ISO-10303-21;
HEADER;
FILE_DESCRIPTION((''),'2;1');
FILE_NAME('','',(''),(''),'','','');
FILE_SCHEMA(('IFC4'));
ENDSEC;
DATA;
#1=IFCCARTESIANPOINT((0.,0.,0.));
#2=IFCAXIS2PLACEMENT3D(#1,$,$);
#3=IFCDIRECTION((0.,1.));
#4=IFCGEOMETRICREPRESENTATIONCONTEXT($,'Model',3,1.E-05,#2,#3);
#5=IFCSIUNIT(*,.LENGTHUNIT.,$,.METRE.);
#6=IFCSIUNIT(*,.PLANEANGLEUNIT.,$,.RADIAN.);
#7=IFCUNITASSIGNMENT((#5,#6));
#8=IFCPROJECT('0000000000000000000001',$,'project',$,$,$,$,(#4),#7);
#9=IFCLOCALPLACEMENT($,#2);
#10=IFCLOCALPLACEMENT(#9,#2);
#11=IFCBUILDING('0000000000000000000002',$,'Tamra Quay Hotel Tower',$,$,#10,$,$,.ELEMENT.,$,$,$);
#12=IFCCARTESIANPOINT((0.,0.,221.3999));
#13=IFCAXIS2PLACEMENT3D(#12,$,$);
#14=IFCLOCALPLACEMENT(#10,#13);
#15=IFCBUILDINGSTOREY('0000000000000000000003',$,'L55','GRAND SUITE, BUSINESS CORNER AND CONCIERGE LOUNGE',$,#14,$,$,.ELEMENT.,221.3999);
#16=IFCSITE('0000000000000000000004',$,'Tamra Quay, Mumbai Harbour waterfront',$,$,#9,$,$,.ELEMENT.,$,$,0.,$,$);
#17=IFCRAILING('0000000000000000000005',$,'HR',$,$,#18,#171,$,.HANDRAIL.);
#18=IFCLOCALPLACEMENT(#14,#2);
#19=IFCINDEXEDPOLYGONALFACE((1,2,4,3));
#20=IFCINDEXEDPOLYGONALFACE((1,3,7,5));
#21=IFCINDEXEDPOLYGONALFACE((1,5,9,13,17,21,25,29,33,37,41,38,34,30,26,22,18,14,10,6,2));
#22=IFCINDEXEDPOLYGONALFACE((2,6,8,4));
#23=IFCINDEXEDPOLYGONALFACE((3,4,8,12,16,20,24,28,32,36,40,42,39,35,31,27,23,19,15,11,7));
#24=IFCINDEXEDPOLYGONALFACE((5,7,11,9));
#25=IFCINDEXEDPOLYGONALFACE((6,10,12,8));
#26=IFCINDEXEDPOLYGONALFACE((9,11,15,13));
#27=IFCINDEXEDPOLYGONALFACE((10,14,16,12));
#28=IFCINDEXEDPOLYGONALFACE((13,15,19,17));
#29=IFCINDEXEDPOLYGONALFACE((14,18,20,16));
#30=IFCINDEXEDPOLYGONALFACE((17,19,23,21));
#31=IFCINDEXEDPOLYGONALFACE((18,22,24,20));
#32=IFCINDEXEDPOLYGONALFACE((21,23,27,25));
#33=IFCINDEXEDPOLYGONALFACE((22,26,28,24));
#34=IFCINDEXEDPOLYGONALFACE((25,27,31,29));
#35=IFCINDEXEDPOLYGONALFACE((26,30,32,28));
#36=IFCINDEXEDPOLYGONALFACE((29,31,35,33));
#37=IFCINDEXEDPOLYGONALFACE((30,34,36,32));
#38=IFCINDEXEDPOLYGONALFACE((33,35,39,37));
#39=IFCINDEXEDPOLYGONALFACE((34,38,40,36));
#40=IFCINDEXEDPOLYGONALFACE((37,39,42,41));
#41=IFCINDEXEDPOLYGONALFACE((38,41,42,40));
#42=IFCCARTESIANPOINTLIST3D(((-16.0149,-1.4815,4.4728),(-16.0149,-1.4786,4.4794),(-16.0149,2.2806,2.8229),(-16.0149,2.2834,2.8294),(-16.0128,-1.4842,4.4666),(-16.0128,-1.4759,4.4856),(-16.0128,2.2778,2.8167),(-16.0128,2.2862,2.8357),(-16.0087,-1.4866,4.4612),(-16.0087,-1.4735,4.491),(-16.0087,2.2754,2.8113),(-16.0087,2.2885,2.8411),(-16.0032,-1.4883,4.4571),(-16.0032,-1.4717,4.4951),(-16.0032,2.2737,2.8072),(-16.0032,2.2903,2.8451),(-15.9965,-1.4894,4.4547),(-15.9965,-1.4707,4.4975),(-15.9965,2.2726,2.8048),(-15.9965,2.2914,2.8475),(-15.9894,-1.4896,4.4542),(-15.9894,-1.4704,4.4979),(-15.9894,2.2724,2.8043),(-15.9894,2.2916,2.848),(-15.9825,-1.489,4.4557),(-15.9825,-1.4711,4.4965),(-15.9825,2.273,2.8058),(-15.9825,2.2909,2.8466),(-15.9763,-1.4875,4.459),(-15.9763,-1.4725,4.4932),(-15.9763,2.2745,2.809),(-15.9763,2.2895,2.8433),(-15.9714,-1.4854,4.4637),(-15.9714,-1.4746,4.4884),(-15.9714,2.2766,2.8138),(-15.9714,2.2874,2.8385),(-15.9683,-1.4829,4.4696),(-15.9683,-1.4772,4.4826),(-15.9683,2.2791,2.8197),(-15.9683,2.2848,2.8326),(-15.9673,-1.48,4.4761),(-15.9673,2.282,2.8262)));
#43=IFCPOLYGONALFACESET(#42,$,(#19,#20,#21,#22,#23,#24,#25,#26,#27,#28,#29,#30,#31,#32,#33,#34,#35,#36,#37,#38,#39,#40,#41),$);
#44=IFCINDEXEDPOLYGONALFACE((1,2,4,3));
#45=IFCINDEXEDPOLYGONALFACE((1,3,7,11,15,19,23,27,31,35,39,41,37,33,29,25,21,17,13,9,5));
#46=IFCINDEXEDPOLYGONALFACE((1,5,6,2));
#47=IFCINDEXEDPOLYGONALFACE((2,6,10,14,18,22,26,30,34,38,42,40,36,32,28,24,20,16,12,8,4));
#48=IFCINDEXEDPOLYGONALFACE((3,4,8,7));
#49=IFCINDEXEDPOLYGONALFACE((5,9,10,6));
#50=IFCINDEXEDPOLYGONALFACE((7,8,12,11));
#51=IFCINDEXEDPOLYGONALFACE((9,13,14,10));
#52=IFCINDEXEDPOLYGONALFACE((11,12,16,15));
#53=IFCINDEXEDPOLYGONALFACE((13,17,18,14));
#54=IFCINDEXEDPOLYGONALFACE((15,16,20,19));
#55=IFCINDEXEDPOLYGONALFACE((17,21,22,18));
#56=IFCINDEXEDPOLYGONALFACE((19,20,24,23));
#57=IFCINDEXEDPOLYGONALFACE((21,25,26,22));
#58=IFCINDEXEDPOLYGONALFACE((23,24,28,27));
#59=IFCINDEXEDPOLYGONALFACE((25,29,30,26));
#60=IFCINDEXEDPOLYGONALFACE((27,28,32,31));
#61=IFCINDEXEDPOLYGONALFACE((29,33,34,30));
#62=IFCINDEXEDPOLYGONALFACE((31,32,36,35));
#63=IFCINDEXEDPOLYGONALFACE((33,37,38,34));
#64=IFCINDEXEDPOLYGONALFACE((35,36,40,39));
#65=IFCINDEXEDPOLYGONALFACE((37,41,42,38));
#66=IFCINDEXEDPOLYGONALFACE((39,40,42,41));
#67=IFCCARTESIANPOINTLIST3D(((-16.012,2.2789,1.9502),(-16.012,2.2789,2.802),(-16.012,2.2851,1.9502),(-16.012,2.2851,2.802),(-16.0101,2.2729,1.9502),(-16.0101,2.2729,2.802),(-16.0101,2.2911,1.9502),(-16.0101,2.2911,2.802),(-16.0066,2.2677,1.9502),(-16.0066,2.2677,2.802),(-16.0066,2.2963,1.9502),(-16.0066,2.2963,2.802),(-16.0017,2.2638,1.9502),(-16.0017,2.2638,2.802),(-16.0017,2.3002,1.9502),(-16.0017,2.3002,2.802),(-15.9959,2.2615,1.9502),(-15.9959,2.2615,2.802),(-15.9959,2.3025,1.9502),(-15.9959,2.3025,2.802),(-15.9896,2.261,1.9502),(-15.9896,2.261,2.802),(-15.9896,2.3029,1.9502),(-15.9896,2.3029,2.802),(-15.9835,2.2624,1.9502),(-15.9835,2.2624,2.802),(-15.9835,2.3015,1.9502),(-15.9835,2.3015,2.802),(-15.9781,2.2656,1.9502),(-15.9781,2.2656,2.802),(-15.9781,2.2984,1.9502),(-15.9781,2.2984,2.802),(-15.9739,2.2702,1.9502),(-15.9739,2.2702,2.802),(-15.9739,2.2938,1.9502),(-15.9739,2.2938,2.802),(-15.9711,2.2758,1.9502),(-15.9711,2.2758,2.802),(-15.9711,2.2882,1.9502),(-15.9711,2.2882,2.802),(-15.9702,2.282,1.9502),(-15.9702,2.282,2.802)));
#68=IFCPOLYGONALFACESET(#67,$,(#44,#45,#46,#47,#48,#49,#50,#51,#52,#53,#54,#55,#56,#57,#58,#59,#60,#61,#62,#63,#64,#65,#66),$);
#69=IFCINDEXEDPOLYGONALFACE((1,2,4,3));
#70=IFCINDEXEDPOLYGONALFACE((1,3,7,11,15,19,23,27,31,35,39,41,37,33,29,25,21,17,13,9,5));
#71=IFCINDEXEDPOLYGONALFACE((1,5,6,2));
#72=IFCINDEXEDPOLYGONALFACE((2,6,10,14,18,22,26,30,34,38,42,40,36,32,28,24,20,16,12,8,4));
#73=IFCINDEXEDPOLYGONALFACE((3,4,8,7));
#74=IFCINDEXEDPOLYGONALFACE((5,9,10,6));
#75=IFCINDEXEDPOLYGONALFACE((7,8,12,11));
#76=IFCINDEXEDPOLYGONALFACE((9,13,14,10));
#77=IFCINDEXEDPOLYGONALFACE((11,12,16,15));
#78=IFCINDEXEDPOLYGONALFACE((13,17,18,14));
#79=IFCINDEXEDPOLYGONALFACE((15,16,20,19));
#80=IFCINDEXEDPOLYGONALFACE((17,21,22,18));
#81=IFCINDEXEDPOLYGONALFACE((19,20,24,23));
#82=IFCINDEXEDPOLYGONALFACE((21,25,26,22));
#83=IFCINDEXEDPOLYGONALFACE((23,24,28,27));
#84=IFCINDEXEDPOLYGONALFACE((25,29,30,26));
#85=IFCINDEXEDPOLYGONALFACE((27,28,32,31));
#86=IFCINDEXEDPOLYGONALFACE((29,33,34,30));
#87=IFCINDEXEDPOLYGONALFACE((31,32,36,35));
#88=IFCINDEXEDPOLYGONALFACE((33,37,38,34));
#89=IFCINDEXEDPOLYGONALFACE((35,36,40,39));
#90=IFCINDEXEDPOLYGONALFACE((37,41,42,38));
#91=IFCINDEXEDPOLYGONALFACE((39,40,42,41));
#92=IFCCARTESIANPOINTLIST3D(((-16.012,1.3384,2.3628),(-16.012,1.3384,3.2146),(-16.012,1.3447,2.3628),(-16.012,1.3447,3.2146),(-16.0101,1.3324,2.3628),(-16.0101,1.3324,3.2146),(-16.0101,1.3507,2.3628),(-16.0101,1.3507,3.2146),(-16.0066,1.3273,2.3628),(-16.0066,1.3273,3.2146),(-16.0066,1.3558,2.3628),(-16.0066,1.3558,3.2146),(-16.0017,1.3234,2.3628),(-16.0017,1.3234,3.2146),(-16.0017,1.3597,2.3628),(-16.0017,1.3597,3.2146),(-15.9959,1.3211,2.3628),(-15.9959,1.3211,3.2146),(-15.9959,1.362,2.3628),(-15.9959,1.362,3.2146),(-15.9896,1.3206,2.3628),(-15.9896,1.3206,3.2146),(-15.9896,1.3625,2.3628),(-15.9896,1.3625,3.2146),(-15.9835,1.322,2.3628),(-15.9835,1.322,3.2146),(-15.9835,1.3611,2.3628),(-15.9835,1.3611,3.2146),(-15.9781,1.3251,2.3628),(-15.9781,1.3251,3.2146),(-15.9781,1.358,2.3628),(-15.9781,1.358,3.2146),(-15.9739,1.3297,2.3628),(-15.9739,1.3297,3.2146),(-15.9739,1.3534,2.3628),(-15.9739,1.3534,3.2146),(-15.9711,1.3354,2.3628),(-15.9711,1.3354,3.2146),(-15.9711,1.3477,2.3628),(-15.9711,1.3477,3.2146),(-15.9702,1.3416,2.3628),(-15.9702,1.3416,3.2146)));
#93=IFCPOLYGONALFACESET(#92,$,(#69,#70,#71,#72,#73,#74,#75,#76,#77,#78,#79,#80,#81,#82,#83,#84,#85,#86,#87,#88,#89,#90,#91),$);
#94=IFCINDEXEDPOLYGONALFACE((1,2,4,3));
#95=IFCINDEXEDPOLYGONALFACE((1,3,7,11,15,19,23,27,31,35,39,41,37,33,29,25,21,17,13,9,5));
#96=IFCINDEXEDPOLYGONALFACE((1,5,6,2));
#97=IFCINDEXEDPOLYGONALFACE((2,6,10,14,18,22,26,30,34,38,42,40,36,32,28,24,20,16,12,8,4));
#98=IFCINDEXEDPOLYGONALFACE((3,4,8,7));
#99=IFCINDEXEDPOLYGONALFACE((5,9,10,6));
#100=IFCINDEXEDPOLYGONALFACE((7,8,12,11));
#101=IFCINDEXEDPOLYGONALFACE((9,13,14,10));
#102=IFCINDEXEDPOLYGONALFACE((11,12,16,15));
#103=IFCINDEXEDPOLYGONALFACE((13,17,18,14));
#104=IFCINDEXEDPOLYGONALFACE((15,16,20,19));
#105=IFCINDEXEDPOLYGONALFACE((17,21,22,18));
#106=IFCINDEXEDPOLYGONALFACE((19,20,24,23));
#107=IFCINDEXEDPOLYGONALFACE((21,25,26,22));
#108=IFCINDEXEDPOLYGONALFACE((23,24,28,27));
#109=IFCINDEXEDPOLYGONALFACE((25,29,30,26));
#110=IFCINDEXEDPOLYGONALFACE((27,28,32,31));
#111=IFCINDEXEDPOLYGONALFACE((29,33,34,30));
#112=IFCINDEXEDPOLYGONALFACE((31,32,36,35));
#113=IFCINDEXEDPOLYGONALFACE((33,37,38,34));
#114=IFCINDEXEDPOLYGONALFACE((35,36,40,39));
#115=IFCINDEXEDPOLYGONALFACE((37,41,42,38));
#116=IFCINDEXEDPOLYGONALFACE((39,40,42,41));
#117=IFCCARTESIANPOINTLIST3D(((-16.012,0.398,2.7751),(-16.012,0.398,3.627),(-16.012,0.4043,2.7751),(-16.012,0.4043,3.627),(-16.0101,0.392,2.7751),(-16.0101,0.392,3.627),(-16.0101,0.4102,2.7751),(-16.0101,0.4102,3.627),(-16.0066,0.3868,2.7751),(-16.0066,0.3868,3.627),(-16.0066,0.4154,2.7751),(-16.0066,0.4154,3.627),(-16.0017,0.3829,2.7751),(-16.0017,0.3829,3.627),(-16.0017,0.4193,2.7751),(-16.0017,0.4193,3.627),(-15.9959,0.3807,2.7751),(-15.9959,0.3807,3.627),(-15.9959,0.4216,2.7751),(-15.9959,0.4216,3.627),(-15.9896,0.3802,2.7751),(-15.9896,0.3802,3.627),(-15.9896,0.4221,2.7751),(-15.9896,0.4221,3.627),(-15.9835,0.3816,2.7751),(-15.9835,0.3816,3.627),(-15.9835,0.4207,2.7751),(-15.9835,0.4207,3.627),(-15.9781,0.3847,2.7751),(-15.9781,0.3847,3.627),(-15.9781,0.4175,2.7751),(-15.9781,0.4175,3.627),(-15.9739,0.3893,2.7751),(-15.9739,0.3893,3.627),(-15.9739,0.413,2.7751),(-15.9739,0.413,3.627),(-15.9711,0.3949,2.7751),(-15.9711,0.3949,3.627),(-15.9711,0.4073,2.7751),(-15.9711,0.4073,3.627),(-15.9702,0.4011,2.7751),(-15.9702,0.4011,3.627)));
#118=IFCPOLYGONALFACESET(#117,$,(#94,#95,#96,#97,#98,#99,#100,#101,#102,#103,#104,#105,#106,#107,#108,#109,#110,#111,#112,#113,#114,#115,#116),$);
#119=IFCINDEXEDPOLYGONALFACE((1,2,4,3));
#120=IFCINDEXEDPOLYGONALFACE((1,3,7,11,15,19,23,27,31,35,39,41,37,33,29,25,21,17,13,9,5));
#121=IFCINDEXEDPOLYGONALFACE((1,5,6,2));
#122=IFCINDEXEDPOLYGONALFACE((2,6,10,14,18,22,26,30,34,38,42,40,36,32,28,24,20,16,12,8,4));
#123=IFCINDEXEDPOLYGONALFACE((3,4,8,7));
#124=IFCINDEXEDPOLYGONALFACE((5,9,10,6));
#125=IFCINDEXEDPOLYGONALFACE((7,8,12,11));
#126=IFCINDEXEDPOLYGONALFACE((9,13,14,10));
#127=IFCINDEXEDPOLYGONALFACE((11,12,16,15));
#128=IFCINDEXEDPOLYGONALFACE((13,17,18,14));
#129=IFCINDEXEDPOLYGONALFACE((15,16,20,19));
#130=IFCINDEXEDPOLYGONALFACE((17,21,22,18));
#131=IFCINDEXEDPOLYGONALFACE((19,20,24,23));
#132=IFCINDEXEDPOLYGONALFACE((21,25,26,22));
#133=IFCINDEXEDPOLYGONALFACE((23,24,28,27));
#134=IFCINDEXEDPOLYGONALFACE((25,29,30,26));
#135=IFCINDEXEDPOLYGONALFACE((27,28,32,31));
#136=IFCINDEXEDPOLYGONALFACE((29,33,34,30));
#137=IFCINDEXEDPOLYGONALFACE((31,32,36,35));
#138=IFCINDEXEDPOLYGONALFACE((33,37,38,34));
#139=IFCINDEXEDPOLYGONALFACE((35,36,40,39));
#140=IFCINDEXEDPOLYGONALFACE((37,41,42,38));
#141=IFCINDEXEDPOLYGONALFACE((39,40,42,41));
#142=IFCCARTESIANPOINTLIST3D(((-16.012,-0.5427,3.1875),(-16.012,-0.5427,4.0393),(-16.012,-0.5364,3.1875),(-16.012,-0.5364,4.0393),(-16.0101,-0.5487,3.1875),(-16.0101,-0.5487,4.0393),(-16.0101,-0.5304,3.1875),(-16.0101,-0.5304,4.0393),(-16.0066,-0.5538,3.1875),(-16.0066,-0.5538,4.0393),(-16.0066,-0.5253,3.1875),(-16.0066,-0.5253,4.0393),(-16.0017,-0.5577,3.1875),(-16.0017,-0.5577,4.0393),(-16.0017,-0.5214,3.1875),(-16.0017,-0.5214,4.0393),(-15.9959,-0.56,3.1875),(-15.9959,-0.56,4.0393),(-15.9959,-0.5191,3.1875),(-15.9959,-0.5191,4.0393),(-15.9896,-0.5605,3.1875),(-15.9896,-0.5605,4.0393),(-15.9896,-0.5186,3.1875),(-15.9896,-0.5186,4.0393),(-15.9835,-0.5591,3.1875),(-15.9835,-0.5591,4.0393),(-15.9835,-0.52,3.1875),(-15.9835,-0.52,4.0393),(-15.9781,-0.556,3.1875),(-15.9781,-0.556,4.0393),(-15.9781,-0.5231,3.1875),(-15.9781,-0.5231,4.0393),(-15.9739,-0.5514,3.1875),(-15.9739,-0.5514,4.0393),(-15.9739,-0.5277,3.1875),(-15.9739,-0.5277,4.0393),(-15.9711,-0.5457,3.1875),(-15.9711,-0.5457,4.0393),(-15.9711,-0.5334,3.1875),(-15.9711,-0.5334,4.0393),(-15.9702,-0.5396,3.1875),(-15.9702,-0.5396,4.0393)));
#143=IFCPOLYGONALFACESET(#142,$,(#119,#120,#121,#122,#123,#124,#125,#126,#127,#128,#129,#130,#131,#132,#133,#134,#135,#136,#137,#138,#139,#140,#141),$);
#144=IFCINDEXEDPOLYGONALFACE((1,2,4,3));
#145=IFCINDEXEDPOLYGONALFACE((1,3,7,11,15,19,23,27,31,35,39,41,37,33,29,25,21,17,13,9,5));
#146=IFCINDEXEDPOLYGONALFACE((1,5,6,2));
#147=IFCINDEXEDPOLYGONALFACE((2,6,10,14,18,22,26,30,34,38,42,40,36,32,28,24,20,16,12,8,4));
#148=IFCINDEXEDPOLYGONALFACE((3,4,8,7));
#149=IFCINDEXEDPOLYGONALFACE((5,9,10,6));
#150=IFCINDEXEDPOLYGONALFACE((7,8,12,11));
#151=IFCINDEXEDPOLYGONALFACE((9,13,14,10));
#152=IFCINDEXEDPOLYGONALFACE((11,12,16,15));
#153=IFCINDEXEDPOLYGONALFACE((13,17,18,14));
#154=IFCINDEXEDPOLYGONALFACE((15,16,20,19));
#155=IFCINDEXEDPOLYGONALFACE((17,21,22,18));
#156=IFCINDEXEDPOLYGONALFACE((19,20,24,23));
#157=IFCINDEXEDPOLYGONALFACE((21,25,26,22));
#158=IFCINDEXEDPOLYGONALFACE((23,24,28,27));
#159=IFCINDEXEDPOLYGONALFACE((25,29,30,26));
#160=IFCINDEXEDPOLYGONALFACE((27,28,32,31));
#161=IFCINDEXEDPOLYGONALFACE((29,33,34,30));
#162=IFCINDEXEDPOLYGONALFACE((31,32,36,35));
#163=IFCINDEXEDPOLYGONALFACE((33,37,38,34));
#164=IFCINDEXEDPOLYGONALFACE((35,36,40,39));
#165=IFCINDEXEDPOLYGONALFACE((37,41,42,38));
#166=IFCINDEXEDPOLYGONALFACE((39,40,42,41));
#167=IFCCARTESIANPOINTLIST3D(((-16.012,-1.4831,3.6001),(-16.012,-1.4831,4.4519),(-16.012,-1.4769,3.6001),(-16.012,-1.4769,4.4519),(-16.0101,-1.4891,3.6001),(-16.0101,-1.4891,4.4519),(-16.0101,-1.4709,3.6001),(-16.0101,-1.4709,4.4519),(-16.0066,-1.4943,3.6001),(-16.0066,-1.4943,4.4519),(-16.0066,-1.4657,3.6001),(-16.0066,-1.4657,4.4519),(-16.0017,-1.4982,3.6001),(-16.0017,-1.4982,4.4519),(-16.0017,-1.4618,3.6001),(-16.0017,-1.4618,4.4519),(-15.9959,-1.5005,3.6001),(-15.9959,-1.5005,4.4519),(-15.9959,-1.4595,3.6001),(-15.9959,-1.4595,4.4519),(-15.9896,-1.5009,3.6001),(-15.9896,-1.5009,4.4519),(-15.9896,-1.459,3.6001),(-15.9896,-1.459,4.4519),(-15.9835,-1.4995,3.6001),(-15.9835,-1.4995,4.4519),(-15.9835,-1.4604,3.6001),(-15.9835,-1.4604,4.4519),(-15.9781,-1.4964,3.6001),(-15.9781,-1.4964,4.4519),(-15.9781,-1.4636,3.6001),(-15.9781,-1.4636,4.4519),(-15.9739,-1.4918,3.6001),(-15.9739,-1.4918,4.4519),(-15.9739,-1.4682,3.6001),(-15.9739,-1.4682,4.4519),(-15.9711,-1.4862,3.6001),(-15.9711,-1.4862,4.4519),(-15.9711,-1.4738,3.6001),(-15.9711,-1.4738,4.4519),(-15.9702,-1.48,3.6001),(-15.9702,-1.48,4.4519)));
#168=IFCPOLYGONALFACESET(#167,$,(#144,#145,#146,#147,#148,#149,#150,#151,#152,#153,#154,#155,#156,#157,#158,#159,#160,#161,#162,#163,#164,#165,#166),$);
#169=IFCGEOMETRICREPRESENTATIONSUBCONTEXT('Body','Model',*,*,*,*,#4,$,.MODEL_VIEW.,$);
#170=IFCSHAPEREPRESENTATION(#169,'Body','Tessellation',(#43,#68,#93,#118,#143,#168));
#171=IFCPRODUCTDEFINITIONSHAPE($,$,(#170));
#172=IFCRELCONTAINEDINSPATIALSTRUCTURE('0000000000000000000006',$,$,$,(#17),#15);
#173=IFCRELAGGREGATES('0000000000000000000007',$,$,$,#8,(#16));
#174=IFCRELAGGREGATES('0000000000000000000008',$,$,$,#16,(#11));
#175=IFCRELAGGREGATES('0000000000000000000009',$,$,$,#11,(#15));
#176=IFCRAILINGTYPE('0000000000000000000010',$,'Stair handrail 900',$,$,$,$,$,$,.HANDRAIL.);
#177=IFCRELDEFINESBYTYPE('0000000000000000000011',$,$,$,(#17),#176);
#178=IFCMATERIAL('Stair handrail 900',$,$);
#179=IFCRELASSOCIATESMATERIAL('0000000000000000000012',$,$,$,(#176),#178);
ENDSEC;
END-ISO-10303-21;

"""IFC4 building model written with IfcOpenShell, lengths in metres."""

from ifc_helpers import new_model, si_unit, direction, frame, origin, origin_2d, place, context, subcontext, project, spatial, circle, extrude, material, type_object, element, save


model = new_model("IFC4")

# Units and contexts
model_context = context("Model", 3, precision=1e-05, world=origin(), true_north=direction((0.0, 1.0)))
body_context = subcontext(model_context, "Body", "Model", "MODEL_VIEW")
ifc_project = project(units=[si_unit("LENGTHUNIT", "METRE"), si_unit("PLANEANGLEUNIT", "RADIAN")], contexts=[model_context])

# Site, building, storey
site_placement = place(None, origin())
site = spatial("IfcSite", under=ifc_project, at=site_placement, Name="Tamra Quay, Mumbai Harbour waterfront", CompositionType="ELEMENT", RefElevation=0.0)
building_placement = place(site_placement, origin())
building = spatial("IfcBuilding", under=site, at=building_placement, Name="Tamra Quay Hotel Tower", CompositionType="ELEMENT")
storey_placement = place(building_placement, frame((0.0, 0.0, 221.3999)))
storey = spatial("IfcBuildingStorey", under=building, at=storey_placement, Name="L55", Description="GRAND SUITE, BUSINESS CORNER AND CONCIERGE LOUNGE", CompositionType="ELEMENT", Elevation=221.3999)

# Railing
ifc_material_1 = material(Name="Stair handrail 900")
railing_type = type_object("IfcRailingType", Name="Stair handrail 900", PredefinedType="HANDRAIL", material=ifc_material_1)
railing_placement = place(storey_placement, frame((-15.9912, 2.282, 1.9502)))
element("IfcRailing", 1, at=railing_placement, inside=storey, type_object=railing_type, Name="HR", PredefinedType="HANDRAIL", context=body_context, shape_type="SweptSolid", body=[
    extrude(circle(Radius=0.0239, at=origin_2d()), frame((0.0, 0.0, 0.876), z_axis=(0.0, -0.915795, 0.401645), x_axis=(1.0, 0.0, 0.0)), (0.0, 0.0, 1.0), 4.1079),
    extrude(circle(Radius=0.021, at=origin_2d()), origin(), (0.0, 0.0, 1.0), 0.8518),
    extrude(circle(Radius=0.021, at=origin_2d()), frame((0.0, -0.9404, 0.4126)), (0.0, 0.0, 1.0), 0.8518),
    extrude(circle(Radius=0.021, at=origin_2d()), frame((0.0, -1.8809, 0.825)), (0.0, 0.0, 1.0), 0.8518),
    extrude(circle(Radius=0.021, at=origin_2d()), frame((0.0, -2.8215, 1.2373)), (0.0, 0.0, 1.0), 0.8518),
    extrude(circle(Radius=0.021, at=origin_2d()), frame((0.0, -3.762, 1.6499)), (0.0, 0.0, 1.0), 0.8518),
])

save(model, "model.ifc")
